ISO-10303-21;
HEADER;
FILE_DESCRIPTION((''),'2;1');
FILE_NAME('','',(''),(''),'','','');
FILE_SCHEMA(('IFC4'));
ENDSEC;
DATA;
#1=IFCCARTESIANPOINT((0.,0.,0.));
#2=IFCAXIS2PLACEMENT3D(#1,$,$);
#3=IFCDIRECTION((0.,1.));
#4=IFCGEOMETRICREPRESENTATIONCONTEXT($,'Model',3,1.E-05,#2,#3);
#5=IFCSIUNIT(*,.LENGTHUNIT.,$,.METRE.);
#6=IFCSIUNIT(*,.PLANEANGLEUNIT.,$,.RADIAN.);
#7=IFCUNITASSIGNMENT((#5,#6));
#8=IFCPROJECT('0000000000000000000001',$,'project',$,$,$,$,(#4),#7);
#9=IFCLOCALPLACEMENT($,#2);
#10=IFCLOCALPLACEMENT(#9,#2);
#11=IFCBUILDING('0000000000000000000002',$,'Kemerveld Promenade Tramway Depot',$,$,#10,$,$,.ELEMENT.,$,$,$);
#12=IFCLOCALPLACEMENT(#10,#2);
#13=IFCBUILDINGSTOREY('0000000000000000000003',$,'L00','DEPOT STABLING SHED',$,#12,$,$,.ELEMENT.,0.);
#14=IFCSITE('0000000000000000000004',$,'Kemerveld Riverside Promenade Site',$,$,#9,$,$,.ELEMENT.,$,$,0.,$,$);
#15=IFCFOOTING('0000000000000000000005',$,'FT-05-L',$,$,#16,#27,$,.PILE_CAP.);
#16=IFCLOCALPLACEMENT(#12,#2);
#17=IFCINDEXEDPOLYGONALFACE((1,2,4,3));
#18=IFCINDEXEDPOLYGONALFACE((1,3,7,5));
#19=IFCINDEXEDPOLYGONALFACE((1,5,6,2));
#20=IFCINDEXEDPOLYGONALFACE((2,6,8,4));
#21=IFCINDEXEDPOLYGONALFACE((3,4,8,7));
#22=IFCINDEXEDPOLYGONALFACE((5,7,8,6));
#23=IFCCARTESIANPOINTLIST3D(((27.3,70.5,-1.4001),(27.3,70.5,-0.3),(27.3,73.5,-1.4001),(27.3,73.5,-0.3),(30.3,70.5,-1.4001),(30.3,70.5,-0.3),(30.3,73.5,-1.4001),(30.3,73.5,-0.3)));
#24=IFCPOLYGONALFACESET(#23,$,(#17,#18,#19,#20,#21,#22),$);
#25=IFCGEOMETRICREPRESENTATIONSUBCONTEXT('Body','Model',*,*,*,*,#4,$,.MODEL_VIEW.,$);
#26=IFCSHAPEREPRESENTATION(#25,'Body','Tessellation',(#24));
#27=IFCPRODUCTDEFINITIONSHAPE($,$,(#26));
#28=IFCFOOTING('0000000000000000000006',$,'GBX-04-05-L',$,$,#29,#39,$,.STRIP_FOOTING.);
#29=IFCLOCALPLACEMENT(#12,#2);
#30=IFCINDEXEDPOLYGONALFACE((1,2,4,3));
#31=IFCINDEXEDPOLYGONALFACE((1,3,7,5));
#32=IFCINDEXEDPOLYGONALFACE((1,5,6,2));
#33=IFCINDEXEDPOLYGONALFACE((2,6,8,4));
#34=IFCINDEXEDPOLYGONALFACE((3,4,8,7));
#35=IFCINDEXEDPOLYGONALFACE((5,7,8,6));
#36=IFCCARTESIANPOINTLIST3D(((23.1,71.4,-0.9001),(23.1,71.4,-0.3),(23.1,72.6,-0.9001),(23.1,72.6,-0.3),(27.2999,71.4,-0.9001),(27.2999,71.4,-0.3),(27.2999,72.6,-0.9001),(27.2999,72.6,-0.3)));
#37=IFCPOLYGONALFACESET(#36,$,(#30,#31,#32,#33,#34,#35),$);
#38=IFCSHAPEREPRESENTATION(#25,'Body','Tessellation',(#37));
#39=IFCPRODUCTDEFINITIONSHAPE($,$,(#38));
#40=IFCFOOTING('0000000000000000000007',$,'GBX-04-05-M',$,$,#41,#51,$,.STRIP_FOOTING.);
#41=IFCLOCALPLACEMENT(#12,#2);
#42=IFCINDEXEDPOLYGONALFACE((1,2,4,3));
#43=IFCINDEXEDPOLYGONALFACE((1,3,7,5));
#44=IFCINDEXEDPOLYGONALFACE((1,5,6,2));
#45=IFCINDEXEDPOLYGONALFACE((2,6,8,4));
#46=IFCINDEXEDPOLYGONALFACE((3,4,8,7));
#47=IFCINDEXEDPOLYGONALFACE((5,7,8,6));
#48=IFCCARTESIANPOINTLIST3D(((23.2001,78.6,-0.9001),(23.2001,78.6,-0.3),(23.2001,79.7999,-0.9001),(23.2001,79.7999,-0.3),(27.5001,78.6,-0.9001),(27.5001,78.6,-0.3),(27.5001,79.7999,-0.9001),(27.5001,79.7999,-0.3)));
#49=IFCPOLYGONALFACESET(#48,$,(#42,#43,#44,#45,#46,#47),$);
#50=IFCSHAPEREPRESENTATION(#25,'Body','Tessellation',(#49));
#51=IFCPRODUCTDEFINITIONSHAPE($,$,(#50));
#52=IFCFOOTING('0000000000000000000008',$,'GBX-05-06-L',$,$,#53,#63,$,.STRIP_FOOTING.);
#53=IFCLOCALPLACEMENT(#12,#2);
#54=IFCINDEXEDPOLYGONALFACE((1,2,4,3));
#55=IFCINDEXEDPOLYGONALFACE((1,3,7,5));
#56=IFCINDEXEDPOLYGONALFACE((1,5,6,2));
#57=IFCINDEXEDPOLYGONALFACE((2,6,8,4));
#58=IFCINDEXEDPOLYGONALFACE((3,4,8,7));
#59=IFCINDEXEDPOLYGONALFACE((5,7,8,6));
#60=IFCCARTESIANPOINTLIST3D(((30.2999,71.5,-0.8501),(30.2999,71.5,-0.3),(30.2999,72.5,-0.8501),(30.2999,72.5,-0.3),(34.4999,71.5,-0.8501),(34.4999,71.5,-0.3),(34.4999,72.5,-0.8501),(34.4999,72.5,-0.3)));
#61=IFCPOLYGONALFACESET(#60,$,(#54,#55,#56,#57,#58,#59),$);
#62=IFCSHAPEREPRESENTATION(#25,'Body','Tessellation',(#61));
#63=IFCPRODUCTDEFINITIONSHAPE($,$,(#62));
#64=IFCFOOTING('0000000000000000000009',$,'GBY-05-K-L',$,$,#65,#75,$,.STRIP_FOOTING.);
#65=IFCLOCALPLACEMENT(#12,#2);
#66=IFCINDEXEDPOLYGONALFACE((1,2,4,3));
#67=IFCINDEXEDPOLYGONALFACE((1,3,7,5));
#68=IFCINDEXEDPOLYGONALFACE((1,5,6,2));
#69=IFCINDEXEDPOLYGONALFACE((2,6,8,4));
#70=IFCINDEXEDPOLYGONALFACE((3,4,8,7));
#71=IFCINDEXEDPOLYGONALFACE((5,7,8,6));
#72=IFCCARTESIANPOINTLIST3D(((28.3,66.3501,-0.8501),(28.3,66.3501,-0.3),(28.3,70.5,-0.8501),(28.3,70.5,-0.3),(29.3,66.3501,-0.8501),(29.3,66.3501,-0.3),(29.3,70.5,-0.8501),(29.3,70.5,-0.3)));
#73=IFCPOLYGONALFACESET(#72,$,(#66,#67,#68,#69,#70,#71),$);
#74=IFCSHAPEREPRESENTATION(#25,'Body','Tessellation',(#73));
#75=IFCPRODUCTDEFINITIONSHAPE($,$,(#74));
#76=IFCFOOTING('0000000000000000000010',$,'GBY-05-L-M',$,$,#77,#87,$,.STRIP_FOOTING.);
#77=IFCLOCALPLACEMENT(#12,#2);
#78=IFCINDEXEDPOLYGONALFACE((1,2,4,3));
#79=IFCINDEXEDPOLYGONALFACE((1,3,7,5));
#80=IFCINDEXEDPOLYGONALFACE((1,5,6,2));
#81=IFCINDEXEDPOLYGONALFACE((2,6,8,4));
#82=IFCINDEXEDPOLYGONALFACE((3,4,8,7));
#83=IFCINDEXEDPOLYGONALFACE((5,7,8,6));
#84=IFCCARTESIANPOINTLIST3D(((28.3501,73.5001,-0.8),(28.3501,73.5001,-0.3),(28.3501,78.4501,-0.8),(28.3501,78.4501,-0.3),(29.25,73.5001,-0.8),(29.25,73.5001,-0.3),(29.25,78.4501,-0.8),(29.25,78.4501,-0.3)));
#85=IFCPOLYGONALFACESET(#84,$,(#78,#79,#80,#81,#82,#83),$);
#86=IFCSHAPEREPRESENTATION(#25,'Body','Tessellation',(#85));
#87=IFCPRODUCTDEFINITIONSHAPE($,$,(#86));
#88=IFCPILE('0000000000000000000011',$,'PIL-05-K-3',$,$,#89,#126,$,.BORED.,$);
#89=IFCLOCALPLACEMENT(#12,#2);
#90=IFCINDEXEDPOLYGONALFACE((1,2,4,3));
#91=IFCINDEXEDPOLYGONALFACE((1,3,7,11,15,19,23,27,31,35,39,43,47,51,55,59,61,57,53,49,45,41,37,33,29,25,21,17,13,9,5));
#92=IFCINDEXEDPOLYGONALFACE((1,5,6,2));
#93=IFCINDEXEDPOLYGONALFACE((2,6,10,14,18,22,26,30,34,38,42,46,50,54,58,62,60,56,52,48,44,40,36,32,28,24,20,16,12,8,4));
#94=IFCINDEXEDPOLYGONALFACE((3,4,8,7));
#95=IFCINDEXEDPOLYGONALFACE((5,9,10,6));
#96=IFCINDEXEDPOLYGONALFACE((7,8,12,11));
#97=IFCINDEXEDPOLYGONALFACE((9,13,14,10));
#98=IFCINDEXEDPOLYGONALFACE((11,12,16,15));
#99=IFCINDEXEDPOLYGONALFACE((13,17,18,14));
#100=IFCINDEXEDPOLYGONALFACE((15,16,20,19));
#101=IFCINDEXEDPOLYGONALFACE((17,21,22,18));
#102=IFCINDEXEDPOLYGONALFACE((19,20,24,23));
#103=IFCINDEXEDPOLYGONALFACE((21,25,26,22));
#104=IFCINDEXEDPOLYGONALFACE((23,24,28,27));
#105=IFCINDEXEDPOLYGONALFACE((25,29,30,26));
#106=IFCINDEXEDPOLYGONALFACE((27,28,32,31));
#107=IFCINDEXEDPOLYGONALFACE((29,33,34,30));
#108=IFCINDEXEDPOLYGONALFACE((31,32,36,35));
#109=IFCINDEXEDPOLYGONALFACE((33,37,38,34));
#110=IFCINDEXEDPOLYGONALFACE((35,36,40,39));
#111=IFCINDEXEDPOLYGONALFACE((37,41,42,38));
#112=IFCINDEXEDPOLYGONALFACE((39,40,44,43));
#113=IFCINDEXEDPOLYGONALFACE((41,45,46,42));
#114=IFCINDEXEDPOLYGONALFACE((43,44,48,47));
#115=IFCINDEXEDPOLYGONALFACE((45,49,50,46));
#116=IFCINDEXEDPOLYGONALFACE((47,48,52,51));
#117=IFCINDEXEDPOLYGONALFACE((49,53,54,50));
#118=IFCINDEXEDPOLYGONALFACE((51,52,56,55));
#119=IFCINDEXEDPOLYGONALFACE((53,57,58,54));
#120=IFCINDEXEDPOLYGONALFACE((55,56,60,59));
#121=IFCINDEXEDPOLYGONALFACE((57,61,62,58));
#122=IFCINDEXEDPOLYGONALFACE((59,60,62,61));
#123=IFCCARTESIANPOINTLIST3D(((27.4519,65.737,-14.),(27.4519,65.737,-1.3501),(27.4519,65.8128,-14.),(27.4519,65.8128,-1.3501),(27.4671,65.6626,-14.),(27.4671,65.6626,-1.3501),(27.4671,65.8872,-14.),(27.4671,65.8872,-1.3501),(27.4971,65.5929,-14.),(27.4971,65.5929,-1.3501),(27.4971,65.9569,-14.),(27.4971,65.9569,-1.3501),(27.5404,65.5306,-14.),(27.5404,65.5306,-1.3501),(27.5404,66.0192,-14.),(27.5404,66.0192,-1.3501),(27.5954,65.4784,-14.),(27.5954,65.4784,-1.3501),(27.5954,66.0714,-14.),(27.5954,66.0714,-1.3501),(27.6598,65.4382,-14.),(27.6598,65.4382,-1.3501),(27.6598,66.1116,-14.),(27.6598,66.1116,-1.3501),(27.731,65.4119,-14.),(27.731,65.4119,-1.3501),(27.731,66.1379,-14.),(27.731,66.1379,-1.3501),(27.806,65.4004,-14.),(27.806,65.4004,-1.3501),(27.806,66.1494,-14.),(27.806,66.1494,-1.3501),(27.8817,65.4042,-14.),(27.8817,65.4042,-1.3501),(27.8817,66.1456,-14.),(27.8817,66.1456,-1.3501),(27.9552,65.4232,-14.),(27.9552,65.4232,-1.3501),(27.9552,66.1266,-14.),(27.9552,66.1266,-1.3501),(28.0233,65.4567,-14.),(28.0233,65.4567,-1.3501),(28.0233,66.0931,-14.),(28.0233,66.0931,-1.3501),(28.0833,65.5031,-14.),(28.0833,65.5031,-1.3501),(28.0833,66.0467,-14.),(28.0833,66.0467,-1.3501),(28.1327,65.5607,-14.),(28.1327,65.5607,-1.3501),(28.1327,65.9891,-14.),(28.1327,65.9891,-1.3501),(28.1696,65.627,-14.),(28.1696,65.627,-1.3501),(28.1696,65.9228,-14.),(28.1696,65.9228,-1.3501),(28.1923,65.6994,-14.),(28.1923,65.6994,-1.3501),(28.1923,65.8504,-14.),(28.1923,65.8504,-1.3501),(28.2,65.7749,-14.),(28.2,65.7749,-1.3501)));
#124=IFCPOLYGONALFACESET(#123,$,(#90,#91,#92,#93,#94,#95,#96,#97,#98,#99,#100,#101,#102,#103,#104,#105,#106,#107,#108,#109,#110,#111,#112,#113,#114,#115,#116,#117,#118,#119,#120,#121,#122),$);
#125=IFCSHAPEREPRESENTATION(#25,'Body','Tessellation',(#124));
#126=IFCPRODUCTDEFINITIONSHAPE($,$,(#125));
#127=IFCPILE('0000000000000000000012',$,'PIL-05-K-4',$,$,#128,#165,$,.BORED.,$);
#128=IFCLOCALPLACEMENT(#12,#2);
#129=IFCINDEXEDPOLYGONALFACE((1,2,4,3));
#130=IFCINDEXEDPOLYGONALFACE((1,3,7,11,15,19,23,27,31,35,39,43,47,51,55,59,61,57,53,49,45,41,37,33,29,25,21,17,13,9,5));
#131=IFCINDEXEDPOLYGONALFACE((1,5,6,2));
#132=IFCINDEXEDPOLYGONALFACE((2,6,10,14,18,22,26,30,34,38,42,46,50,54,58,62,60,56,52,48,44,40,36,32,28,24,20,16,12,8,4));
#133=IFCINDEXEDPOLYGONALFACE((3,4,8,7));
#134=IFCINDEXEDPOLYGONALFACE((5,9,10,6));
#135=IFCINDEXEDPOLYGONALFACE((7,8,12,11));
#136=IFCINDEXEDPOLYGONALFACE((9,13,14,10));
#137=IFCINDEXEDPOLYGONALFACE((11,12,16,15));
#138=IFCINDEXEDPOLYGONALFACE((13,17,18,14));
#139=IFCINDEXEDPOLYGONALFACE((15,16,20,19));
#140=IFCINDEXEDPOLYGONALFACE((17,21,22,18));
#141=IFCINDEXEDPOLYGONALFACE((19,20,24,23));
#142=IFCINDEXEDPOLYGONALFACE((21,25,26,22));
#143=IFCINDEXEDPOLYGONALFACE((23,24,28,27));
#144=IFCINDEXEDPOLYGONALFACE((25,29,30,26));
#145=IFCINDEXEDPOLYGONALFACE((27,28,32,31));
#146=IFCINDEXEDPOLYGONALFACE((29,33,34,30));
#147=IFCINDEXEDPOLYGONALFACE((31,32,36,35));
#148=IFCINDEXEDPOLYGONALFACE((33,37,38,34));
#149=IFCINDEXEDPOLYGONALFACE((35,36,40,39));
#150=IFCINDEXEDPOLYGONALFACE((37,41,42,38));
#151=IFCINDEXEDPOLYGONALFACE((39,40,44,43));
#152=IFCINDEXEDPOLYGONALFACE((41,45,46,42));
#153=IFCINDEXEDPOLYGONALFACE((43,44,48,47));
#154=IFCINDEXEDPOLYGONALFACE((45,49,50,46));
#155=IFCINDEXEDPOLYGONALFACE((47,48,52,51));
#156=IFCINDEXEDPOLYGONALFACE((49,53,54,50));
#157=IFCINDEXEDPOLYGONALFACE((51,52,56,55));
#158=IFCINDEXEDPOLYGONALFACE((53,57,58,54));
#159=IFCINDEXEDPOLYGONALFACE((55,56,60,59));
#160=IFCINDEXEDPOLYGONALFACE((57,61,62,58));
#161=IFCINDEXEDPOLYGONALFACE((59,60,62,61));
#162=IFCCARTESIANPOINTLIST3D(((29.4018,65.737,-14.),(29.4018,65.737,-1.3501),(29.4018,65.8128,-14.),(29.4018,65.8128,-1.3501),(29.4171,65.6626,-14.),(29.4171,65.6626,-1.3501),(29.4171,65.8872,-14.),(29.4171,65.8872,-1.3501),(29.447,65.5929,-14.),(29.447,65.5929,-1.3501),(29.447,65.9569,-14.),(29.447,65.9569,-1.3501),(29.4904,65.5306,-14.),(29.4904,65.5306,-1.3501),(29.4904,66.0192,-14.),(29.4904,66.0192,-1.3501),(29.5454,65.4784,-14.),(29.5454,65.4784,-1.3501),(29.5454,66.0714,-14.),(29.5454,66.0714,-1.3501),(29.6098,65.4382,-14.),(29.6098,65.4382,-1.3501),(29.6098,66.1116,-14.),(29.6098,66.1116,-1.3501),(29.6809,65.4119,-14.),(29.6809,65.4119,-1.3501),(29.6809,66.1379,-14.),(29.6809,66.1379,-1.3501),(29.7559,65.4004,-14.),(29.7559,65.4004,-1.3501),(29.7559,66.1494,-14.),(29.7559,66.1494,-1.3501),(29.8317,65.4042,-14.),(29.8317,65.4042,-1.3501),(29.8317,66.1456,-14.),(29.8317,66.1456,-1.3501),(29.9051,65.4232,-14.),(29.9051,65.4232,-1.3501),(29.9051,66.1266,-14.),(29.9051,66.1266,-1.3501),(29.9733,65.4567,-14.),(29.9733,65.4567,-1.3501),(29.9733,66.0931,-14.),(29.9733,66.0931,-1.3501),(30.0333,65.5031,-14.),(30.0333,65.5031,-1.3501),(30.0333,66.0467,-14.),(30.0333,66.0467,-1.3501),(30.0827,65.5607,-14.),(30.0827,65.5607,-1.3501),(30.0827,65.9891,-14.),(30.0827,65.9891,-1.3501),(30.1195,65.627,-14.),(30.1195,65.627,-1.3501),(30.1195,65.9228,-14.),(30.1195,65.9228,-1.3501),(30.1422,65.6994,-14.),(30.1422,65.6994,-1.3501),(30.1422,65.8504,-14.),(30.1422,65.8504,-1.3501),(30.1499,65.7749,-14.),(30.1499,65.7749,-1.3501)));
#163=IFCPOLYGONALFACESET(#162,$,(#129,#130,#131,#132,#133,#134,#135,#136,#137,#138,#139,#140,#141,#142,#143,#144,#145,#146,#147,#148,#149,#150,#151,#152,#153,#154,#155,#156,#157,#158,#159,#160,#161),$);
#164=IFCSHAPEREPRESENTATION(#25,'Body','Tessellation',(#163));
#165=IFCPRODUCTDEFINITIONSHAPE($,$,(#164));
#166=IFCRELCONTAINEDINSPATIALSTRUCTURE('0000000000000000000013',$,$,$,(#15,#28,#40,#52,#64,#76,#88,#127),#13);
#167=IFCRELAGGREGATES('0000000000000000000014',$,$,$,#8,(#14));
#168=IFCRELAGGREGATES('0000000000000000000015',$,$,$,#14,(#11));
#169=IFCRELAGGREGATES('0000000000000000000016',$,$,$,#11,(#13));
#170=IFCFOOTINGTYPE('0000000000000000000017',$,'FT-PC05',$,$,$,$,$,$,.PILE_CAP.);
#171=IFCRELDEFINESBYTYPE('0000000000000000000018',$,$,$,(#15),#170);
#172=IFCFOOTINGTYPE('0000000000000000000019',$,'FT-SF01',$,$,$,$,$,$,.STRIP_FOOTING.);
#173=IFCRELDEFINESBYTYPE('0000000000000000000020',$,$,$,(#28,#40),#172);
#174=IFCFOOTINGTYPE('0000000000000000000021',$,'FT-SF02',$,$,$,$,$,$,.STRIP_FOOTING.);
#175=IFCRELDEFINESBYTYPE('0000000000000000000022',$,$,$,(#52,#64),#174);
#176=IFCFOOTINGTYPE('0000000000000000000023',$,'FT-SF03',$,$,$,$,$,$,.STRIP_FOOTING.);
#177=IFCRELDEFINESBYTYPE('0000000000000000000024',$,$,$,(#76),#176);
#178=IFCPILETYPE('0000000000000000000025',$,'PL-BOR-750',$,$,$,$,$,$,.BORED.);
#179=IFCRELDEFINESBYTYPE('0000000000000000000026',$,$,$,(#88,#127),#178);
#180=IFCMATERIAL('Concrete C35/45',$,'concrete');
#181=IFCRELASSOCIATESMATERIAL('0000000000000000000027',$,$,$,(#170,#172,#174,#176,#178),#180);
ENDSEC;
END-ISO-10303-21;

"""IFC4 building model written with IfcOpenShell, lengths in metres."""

from ifc_helpers import new_model, si_unit, direction, frame, origin, origin_2d, place, context, subcontext, project, spatial, rectangle, circle, extrude, material, material_profile, profile_set, type_object, element, save


model = new_model("IFC4")

# Units and contexts
model_context = context("Model", 3, precision=1e-05, world=origin(), true_north=direction((0.0, 1.0)))
body_context = subcontext(model_context, "Body", "Model", "MODEL_VIEW")
ifc_project = project(units=[si_unit("LENGTHUNIT", "METRE"), si_unit("PLANEANGLEUNIT", "RADIAN")], contexts=[model_context])

# Site, building, storey
site_placement = place(None, origin())
site = spatial("IfcSite", under=ifc_project, at=site_placement, Name="Kemerveld Riverside Promenade Site", CompositionType="ELEMENT", RefElevation=0.0)
building_placement = place(site_placement, origin())
building = spatial("IfcBuilding", under=site, at=building_placement, Name="Kemerveld Promenade Tramway Depot", CompositionType="ELEMENT")
storey_placement = place(building_placement, origin())
storey = spatial("IfcBuildingStorey", under=building, at=storey_placement, Name="L00", Description="DEPOT STABLING SHED", CompositionType="ELEMENT", Elevation=0.0)

# Footings
ifc_material_1 = material(Name="Concrete C35/45", Category="concrete")
footing_type_1 = type_object("IfcFootingType", Name="FT-PC05", PredefinedType="PILE_CAP", material=ifc_material_1)
footing_1_placement = place(storey_placement, frame((28.8, 72.0, -1.4001), z_axis=(0.0, 0.0, 1.0), x_axis=(1.0, 0.0, 0.0)))
element("IfcFooting", 1, at=footing_1_placement, inside=storey, type_object=footing_type_1, Name="FT-05-L", PredefinedType="PILE_CAP", context=body_context, shape_type="SweptSolid", body=[
    extrude(rectangle(XDim=3.0, YDim=3.0, at=origin_2d()), origin(), (0.0, 0.0, 1.0), 1.1001),
])
footing_type_2 = type_object("IfcFootingType", Name="FT-SF01", PredefinedType="STRIP_FOOTING", material=ifc_material_1)
footing_2_placement = place(storey_placement, frame((25.2, 72.0, -0.9001), z_axis=(0.0, 0.0, 1.0), x_axis=(1.0, 0.0, 0.0)))
element("IfcFooting", 2, at=footing_2_placement, inside=storey, type_object=footing_type_2, Name="GBX-04-05-L", PredefinedType="STRIP_FOOTING", context=body_context, shape_type="SweptSolid", body=[
    extrude(rectangle(XDim=4.2, YDim=1.2, at=origin_2d()), origin(), (0.0, 0.0, 1.0), 0.6001),
])
footing_3_placement = place(storey_placement, frame((25.3501, 79.2, -0.9001), z_axis=(0.0, 0.0, 1.0), x_axis=(1.0, 0.0, 0.0)))
element("IfcFooting", 3, at=footing_3_placement, inside=storey, type_object=footing_type_2, Name="GBX-04-05-M", PredefinedType="STRIP_FOOTING", context=body_context, shape_type="SweptSolid", body=[
    extrude(rectangle(XDim=4.3, YDim=1.2, at=origin_2d()), origin(), (0.0, 0.0, 1.0), 0.6001),
])
footing_type_3 = type_object("IfcFootingType", Name="FT-SF02", PredefinedType="STRIP_FOOTING", material=ifc_material_1)
footing_4_placement = place(storey_placement, frame((32.3999, 72.0, -0.8501), z_axis=(0.0, 0.0, 1.0), x_axis=(1.0, 0.0, 0.0)))
element("IfcFooting", 4, at=footing_4_placement, inside=storey, type_object=footing_type_3, Name="GBX-05-06-L", PredefinedType="STRIP_FOOTING", context=body_context, shape_type="SweptSolid", body=[
    extrude(rectangle(XDim=4.2, YDim=1.0, at=origin_2d()), origin(), (0.0, 0.0, 1.0), 0.55),
])
footing_5_placement = place(storey_placement, frame((28.8, 68.425, -0.8501), z_axis=(0.0, 0.0, 1.0), x_axis=(0.0, 1.0, 0.0)))
element("IfcFooting", 5, at=footing_5_placement, inside=storey, type_object=footing_type_3, Name="GBY-05-K-L", PredefinedType="STRIP_FOOTING", context=body_context, shape_type="SweptSolid", body=[
    extrude(rectangle(XDim=4.1499, YDim=1.0, at=origin_2d()), origin(), (0.0, 0.0, 1.0), 0.55),
])
footing_type_4 = type_object("IfcFootingType", Name="FT-SF03", PredefinedType="STRIP_FOOTING", material=ifc_material_1)
footing_6_placement = place(storey_placement, frame((28.8, 75.9751, -0.8), z_axis=(0.0, 0.0, 1.0), x_axis=(0.0, 1.0, 0.0)))
element("IfcFooting", 6, at=footing_6_placement, inside=storey, type_object=footing_type_4, Name="GBY-05-L-M", PredefinedType="STRIP_FOOTING", context=body_context, shape_type="SweptSolid", body=[
    extrude(rectangle(XDim=4.95, YDim=0.8999, at=origin_2d()), origin(), (0.0, 0.0, 1.0), 0.5),
])

# Piles
ifc_material_profile_1 = material_profile(ifc_material_1, circle(Radius=0.375, at=origin_2d()), Name="PILE-D750")
ifc_profile_set_1 = profile_set([ifc_material_profile_1], Name="Concrete C35/45")
pile_type = type_object("IfcPileType", Name="PL-BOR-750", PredefinedType="BORED", material=ifc_profile_set_1)
for number, where, z_axis, x_axis, name in (
    (7, (27.825, 65.7749, -1.3501), (0.0, 0.0, -1.0), (1.0, 0.0, 0.0), "PIL-05-K-3"),
    (8, (29.7749, 65.7749, -1.3501), (0.0, 0.0, -1.0), (1.0, 0.0, 0.0), "PIL-05-K-4"),
):
    element("IfcPile", number, at=place(storey_placement, frame(where, z_axis=z_axis, x_axis=x_axis)), inside=storey, type_object=pile_type, Name=name, PredefinedType="BORED", context=body_context, shape_type="SweptSolid", body=[
        extrude(circle(Radius=0.375, at=origin_2d()), origin(), (0.0, 0.0, 1.0), 12.6499),
    ])

save(model, "model.ifc")
